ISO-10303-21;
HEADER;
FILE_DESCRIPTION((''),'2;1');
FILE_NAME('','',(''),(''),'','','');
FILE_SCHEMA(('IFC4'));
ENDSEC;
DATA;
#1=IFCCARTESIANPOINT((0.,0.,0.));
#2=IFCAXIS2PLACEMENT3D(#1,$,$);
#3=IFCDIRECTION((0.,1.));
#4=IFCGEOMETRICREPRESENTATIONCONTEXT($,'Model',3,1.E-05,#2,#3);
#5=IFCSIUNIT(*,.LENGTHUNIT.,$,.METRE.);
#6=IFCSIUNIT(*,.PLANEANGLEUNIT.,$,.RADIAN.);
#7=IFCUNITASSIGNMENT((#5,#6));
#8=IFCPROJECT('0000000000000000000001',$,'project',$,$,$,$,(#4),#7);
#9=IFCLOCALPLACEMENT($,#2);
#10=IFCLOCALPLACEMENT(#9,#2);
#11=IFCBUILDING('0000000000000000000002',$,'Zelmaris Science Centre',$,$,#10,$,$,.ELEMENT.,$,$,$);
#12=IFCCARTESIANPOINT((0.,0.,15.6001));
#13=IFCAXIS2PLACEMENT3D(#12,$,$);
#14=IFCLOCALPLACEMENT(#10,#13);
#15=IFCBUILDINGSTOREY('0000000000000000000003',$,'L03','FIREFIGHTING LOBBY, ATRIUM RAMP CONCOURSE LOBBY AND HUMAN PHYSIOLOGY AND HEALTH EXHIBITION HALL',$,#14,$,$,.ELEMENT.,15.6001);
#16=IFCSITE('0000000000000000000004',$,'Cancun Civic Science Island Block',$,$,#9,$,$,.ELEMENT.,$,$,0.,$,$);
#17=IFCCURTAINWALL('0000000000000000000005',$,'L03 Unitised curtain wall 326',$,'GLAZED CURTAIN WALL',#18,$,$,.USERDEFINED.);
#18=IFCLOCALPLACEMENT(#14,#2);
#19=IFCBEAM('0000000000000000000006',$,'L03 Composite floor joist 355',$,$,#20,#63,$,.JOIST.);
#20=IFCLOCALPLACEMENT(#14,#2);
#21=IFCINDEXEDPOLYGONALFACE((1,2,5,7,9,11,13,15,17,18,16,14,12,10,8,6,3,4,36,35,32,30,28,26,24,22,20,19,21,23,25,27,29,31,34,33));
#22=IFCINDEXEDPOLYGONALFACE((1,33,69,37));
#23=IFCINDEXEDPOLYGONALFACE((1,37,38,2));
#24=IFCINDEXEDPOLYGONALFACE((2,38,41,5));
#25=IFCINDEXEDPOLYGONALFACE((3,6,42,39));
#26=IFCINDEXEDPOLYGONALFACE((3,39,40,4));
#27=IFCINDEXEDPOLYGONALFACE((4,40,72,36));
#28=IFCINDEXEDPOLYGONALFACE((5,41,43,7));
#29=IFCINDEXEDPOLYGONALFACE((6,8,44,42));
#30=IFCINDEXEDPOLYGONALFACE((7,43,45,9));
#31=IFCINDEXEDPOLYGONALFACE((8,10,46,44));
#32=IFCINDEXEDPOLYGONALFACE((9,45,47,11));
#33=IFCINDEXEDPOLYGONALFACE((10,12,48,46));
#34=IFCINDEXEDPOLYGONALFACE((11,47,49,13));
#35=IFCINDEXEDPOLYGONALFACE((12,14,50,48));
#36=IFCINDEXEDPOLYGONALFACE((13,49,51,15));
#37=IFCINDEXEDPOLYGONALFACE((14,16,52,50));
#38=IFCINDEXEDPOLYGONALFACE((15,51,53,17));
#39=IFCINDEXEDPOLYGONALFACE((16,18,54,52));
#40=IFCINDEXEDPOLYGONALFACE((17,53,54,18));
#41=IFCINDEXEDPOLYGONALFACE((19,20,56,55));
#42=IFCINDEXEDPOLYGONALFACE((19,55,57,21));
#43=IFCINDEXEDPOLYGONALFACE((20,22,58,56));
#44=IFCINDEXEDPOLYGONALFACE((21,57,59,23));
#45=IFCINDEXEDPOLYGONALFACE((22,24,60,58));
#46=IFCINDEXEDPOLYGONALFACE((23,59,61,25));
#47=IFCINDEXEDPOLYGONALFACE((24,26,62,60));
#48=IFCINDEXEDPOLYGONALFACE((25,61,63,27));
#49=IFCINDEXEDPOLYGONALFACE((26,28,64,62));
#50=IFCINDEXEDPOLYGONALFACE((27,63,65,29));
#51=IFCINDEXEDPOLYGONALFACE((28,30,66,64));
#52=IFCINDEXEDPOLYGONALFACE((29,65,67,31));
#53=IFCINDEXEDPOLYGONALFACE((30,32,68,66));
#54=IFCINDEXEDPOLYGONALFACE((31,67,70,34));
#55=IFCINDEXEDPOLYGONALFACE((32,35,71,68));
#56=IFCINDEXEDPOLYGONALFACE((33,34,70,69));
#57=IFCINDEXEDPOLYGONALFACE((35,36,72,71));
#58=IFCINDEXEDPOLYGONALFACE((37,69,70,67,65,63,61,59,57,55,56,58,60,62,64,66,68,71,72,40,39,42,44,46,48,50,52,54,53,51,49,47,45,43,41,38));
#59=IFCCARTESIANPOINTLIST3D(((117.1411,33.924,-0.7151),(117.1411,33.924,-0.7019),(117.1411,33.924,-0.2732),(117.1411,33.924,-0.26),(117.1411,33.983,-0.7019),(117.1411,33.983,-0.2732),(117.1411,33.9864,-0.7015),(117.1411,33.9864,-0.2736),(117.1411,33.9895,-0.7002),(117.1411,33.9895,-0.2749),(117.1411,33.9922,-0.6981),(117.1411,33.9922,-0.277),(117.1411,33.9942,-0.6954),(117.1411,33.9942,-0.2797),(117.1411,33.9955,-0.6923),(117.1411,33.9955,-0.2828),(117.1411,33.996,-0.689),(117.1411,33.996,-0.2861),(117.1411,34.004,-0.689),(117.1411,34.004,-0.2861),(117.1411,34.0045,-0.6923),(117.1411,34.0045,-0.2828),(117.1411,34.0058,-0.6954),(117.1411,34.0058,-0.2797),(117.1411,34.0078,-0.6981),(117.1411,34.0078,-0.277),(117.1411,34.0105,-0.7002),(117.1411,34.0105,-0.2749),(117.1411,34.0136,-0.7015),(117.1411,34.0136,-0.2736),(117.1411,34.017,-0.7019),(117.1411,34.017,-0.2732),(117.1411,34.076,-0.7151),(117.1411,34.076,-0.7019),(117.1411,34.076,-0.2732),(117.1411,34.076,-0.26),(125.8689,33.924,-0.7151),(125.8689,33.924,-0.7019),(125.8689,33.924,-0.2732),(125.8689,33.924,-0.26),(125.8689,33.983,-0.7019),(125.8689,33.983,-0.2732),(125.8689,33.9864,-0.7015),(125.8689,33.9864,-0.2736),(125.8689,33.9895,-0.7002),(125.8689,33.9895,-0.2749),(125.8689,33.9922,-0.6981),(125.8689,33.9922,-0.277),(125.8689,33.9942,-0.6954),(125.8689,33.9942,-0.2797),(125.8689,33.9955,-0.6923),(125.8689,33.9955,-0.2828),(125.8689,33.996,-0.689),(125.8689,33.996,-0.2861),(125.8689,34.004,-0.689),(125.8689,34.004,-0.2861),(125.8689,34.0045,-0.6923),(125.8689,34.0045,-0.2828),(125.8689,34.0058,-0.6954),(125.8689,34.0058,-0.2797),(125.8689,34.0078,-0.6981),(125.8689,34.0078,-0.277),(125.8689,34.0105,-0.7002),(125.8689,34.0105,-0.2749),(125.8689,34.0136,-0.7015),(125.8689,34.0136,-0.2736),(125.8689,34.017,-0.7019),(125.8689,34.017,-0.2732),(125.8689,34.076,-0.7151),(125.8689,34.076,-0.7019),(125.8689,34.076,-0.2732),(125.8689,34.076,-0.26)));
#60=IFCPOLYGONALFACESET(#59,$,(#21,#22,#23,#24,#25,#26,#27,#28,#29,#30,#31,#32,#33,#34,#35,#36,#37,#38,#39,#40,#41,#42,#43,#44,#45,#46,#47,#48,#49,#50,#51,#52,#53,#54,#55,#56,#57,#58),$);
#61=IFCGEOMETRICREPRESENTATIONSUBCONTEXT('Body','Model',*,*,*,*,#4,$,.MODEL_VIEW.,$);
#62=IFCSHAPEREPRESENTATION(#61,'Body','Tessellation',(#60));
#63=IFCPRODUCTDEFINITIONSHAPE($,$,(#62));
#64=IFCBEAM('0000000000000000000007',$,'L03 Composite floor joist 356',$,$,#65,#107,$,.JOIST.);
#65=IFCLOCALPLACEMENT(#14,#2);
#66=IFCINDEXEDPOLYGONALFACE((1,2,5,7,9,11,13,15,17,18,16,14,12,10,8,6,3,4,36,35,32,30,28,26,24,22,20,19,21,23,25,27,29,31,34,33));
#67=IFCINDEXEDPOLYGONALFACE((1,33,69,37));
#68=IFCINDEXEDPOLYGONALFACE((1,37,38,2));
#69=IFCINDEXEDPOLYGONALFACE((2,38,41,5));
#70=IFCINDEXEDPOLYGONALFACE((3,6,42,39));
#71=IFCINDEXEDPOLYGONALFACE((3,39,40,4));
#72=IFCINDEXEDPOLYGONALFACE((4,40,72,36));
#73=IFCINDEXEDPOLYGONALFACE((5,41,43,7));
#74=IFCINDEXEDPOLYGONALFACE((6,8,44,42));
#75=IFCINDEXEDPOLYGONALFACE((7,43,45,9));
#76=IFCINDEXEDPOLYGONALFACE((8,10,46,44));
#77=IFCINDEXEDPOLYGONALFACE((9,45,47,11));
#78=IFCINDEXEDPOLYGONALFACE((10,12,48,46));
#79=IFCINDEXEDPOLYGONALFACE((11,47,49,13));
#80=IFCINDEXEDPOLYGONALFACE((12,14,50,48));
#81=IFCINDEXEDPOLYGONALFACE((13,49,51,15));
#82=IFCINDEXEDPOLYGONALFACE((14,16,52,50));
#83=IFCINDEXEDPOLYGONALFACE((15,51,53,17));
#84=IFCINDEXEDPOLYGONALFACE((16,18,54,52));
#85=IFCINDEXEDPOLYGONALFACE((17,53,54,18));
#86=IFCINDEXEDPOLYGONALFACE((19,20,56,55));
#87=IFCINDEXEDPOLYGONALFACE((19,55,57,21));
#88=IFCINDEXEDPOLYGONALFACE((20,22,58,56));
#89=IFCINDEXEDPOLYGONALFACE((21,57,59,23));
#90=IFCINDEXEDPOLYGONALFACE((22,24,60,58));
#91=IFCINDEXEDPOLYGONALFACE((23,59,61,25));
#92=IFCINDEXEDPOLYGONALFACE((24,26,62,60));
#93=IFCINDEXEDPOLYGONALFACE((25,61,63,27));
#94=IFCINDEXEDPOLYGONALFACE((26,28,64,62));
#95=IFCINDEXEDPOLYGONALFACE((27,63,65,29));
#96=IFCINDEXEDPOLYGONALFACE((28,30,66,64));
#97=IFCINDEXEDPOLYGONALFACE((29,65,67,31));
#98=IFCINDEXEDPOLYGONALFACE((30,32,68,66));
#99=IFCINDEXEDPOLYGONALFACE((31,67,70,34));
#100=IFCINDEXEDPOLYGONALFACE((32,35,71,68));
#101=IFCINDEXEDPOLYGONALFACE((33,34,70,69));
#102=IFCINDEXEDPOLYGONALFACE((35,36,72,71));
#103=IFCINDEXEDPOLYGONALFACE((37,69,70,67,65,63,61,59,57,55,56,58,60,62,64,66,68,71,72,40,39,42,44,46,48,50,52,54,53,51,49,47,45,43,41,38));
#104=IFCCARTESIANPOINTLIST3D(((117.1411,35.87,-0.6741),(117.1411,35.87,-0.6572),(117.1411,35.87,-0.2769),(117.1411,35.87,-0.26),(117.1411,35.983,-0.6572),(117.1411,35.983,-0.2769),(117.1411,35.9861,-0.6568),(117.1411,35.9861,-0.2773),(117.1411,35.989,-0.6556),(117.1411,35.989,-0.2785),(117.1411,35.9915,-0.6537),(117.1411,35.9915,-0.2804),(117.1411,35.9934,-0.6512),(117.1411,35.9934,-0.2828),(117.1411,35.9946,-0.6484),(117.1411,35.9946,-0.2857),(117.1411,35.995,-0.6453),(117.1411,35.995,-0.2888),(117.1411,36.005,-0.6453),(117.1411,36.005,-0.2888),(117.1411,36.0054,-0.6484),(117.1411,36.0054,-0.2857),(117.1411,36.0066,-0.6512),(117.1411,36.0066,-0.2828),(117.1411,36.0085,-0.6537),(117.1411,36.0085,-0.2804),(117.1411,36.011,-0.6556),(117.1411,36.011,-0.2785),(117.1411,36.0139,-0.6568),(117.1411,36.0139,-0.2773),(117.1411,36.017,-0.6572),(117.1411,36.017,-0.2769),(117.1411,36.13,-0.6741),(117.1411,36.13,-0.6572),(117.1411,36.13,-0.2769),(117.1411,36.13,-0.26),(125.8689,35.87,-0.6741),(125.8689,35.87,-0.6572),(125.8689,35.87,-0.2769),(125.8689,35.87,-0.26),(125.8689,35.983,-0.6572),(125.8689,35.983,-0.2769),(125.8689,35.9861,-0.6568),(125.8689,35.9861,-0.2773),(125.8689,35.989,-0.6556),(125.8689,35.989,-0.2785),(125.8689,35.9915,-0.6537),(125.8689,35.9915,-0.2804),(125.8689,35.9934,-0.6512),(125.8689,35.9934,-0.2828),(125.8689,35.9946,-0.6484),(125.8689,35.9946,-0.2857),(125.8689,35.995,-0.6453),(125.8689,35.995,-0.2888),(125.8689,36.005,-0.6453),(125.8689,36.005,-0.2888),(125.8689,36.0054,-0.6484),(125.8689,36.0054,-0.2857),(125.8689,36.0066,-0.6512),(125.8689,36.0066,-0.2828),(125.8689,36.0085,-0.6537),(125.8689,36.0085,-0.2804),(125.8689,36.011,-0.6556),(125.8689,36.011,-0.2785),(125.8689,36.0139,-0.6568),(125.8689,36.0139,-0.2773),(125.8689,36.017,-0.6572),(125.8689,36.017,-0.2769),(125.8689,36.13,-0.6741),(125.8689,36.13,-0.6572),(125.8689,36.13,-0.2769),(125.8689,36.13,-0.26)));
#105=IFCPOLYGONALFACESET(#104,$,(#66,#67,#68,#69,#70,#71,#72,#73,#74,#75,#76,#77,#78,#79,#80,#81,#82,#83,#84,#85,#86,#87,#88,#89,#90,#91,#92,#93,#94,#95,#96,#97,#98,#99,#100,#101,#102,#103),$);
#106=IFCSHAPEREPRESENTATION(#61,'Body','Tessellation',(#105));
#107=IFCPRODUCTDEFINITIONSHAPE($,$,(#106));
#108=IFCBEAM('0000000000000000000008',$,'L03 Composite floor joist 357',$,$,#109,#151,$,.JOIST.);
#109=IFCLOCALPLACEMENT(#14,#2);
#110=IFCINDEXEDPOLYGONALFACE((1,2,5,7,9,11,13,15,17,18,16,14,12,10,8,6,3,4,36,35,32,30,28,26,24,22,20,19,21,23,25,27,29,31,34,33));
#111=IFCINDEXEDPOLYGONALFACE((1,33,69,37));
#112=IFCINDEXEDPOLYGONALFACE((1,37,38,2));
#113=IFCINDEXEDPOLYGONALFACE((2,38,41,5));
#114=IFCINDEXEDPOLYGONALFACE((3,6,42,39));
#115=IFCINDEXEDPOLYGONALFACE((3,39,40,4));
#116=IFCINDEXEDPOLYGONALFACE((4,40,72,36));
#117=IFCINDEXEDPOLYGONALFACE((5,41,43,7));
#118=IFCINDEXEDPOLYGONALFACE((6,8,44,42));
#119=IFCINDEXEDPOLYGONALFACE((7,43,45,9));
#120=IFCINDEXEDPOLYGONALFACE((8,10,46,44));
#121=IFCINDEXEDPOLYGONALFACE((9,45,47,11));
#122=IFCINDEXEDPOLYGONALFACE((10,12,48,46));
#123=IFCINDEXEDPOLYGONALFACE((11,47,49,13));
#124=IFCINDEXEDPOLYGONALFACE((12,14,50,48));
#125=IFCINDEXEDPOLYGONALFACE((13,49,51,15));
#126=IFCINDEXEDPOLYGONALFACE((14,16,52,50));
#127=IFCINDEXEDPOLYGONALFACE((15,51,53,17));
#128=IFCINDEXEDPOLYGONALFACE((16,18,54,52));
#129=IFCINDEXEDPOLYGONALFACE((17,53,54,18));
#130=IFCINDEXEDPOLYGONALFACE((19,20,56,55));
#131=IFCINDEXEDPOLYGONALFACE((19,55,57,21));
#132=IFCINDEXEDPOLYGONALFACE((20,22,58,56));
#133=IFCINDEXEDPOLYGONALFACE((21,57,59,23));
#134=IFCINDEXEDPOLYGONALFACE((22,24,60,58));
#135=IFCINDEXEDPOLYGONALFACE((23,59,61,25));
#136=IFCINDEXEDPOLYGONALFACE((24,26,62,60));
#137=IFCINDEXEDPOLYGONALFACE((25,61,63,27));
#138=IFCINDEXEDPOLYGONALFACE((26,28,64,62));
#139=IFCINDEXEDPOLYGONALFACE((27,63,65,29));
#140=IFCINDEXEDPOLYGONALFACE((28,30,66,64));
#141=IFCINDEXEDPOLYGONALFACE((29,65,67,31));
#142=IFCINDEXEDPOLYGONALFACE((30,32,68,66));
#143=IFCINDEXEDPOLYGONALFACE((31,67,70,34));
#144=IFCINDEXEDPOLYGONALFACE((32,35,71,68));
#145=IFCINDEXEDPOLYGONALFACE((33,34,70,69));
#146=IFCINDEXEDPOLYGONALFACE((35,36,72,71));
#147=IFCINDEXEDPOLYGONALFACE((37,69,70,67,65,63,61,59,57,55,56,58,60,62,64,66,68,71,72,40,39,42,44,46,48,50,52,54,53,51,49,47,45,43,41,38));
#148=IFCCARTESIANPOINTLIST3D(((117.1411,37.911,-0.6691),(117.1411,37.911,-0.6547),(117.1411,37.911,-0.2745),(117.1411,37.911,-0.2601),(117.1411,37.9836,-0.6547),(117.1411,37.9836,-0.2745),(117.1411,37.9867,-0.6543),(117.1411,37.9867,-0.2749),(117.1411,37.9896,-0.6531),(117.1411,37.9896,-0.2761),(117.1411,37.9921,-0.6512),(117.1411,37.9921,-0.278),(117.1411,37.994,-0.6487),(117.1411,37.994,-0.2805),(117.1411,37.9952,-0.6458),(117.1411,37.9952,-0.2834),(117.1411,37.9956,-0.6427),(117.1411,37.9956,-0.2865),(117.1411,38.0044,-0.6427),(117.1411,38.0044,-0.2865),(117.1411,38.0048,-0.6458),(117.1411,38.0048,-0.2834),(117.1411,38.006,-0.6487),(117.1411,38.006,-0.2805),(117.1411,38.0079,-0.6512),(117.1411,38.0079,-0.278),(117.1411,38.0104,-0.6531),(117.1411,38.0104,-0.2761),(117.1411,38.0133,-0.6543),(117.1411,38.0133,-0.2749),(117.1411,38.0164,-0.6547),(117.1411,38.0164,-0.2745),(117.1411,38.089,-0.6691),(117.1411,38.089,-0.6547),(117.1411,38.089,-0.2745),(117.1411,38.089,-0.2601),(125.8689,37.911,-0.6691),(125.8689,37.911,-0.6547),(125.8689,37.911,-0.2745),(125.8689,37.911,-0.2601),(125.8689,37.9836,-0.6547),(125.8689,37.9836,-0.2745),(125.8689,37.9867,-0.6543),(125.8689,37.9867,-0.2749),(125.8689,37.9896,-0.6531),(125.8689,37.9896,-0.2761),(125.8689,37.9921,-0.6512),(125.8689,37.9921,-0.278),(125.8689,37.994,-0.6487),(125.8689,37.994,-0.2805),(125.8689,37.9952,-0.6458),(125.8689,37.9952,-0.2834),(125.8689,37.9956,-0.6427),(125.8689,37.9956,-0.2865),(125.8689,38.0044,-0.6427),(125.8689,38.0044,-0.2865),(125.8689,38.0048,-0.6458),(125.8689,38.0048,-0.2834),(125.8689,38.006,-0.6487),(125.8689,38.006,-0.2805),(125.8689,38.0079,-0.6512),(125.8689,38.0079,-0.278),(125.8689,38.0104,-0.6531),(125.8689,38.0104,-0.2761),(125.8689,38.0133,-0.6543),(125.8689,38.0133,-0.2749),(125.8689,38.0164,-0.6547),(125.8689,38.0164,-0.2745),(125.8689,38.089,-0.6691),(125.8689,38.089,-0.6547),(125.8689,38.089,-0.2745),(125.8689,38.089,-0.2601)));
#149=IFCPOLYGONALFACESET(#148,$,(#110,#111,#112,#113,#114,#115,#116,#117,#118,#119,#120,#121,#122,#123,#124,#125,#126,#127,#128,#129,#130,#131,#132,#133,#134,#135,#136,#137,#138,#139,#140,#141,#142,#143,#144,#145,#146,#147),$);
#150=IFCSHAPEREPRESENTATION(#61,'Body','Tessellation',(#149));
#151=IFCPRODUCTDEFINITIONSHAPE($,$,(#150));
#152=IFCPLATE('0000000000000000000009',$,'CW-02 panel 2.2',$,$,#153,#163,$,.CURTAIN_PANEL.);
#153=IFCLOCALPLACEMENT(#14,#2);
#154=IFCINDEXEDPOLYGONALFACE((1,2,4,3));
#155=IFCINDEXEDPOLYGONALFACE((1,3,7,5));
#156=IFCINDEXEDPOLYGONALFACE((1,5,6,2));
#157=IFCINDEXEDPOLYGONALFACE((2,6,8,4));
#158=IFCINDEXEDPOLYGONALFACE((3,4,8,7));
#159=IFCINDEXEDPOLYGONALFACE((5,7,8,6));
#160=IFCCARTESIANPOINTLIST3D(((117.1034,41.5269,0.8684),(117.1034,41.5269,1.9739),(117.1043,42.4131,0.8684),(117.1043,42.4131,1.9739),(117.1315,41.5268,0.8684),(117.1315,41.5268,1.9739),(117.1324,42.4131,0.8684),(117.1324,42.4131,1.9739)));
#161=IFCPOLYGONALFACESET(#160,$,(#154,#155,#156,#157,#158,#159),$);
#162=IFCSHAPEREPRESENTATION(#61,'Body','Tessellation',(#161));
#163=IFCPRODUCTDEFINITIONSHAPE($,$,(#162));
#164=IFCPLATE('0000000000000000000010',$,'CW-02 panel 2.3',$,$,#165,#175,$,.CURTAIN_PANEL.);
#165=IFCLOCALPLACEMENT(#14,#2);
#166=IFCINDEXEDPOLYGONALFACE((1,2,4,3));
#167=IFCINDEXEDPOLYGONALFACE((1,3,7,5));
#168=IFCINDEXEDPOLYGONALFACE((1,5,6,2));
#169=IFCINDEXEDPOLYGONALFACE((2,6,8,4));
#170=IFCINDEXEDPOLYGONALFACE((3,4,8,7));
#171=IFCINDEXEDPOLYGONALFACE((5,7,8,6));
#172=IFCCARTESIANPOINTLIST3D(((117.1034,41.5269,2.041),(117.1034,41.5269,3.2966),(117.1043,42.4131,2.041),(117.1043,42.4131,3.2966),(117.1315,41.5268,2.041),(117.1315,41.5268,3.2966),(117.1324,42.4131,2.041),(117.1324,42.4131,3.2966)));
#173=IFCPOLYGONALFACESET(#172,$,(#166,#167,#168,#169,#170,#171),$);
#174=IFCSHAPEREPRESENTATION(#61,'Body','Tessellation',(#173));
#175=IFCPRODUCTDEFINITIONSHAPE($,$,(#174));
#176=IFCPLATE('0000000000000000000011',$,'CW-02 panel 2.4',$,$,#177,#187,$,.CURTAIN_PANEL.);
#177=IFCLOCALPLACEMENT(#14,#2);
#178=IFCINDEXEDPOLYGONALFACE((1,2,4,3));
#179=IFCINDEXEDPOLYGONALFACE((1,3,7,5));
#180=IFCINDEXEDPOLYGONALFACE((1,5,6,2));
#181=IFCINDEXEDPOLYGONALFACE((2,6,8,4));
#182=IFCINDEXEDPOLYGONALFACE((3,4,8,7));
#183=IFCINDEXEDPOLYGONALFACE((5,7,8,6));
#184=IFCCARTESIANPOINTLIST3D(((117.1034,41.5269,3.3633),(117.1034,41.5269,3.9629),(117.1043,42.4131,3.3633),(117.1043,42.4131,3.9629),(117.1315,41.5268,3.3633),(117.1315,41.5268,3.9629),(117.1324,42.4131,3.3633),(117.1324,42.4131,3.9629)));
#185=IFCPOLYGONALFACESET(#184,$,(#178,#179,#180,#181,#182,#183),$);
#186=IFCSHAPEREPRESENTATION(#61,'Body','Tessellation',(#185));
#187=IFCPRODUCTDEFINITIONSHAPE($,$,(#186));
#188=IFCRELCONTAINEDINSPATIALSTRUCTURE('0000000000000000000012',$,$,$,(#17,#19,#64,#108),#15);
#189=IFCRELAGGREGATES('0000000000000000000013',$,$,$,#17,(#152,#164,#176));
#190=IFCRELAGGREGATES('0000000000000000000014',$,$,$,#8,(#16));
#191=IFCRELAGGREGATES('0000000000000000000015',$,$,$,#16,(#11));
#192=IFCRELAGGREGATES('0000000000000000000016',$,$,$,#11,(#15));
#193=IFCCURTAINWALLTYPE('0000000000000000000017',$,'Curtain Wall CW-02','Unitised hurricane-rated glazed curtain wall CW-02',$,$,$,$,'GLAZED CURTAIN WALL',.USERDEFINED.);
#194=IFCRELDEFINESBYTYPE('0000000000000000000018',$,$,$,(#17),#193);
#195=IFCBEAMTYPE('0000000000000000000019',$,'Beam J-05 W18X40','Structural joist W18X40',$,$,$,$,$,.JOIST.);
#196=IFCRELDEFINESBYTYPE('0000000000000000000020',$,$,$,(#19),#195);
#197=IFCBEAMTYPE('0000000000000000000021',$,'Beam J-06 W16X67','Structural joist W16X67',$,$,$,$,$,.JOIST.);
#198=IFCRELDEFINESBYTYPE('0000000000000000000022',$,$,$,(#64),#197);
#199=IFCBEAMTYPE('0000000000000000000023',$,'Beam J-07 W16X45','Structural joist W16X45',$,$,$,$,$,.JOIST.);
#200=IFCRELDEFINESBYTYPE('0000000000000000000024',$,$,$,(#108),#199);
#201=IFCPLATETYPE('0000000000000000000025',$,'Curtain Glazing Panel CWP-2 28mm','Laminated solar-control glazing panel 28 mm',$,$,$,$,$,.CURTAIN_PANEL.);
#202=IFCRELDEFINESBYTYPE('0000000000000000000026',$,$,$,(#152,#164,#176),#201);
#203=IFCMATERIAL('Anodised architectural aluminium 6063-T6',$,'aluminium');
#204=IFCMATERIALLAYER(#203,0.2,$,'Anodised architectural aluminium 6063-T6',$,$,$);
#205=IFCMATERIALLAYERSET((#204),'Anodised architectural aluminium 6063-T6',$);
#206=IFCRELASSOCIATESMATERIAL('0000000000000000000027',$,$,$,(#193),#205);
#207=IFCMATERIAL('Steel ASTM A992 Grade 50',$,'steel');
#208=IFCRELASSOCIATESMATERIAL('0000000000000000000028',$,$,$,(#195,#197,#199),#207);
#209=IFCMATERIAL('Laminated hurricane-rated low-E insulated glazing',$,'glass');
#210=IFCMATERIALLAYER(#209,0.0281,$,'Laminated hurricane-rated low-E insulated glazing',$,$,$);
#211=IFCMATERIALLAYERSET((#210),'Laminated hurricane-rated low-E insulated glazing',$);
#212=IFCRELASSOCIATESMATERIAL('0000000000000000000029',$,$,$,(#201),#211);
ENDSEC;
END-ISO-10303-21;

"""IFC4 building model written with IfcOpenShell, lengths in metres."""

from ifc_helpers import new_model, si_unit, direction, frame, origin, origin_2d, place, context, subcontext, project, spatial, rectangle, i_section, extrude, material, layer, layer_set, material_profile, profile_set, type_object, element, aggregate, save


model = new_model("IFC4")

# Units and contexts
model_context = context("Model", 3, precision=1e-05, world=origin(), true_north=direction((0.0, 1.0)))
body_context = subcontext(model_context, "Body", "Model", "MODEL_VIEW")
ifc_project = project(units=[si_unit("LENGTHUNIT", "METRE"), si_unit("PLANEANGLEUNIT", "RADIAN")], contexts=[model_context])

# Site, building, storey
site_placement = place(None, origin())
site = spatial("IfcSite", under=ifc_project, at=site_placement, Name="Cancun Civic Science Island Block", CompositionType="ELEMENT", RefElevation=0.0)
building_placement = place(site_placement, origin())
building = spatial("IfcBuilding", under=site, at=building_placement, Name="Zelmaris Science Centre", CompositionType="ELEMENT")
storey_placement = place(building_placement, frame((0.0, 0.0, 15.6001)))
storey = spatial("IfcBuildingStorey", under=building, at=storey_placement, Name="L03", Description="FIREFIGHTING LOBBY, ATRIUM RAMP CONCOURSE LOBBY AND HUMAN PHYSIOLOGY AND HEALTH EXHIBITION HALL", CompositionType="ELEMENT", Elevation=15.6001)

# Shared definitions
ifc_material_1 = material(Name="Steel ASTM A992 Grade 50", Category="steel")

# Curtain wall
ifc_material_2 = material(Name="Anodised architectural aluminium 6063-T6", Category="aluminium")
ifc_layer_1 = layer(ifc_material_2, 0.2, Name="Anodised architectural aluminium 6063-T6")
ifc_layer_set_1 = layer_set([ifc_layer_1], Name="Anodised architectural aluminium 6063-T6")
curtain_wall_type = type_object("IfcCurtainWallType", Name="Curtain Wall CW-02", Description="Unitised hurricane-rated glazed curtain wall CW-02", ElementType="GLAZED CURTAIN WALL", PredefinedType="USERDEFINED", material=ifc_layer_set_1)
curtain_wall_placement = place(storey_placement, origin())
curtain_wall = element("IfcCurtainWall", 1, at=curtain_wall_placement, inside=storey, type_object=curtain_wall_type, Name="L03 Unitised curtain wall 326", ObjectType="GLAZED CURTAIN WALL", PredefinedType="USERDEFINED")

# Beams
ifc_material_profile_1 = material_profile(ifc_material_1, i_section(OverallWidth=0.1521, OverallDepth=0.4551, WebThickness=0.0081, FlangeThickness=0.0132, FilletRadius=0.0129, at=origin_2d()), Name="W18X40")
ifc_profile_set_1 = profile_set([ifc_material_profile_1], Name="Steel ASTM A992 Grade 50")
beam_type_1 = type_object("IfcBeamType", Name="Beam J-05 W18X40", Description="Structural joist W18X40", PredefinedType="JOIST", material=ifc_profile_set_1)
beam_1_placement = place(storey_placement, frame((117.1411, 34.0, -0.4875), z_axis=(1.0, 0.0, 0.0), x_axis=(0.0, 1.0, 0.0)))
element("IfcBeam", 2, at=beam_1_placement, inside=storey, type_object=beam_type_1, Name="L03 Composite floor joist 355", PredefinedType="JOIST", context=body_context, shape_type="SweptSolid", body=[
    extrude(i_section(OverallWidth=0.1521, OverallDepth=0.4551, WebThickness=0.0081, FlangeThickness=0.0132, FilletRadius=0.0129, at=origin_2d()), origin(), (0.0, 0.0, 1.0), 8.7278),
])
ifc_material_profile_2 = material_profile(ifc_material_1, i_section(OverallWidth=0.26, OverallDepth=0.4141, WebThickness=0.01, FlangeThickness=0.0168, FilletRadius=0.012, at=origin_2d()), Name="W16X67")
ifc_profile_set_2 = profile_set([ifc_material_profile_2], Name="Steel ASTM A992 Grade 50")
beam_type_2 = type_object("IfcBeamType", Name="Beam J-06 W16X67", Description="Structural joist W16X67", PredefinedType="JOIST", material=ifc_profile_set_2)
beam_2_placement = place(storey_placement, frame((117.1411, 36.0, -0.467), z_axis=(1.0, 0.0, 0.0), x_axis=(0.0, 1.0, 0.0)))
element("IfcBeam", 3, at=beam_2_placement, inside=storey, type_object=beam_type_2, Name="L03 Composite floor joist 356", PredefinedType="JOIST", context=body_context, shape_type="SweptSolid", body=[
    extrude(i_section(OverallWidth=0.26, OverallDepth=0.4141, WebThickness=0.01, FlangeThickness=0.0168, FilletRadius=0.012, at=origin_2d()), origin(), (0.0, 0.0, 1.0), 8.7278),
])
ifc_material_profile_3 = material_profile(ifc_material_1, i_section(OverallWidth=0.178, OverallDepth=0.4089, WebThickness=0.0088, FlangeThickness=0.0144, FilletRadius=0.012, at=origin_2d()), Name="W16X45")
ifc_profile_set_3 = profile_set([ifc_material_profile_3], Name="Steel ASTM A992 Grade 50")
beam_type_3 = type_object("IfcBeamType", Name="Beam J-07 W16X45", Description="Structural joist W16X45", PredefinedType="JOIST", material=ifc_profile_set_3)
beam_3_placement = place(storey_placement, frame((117.1411, 38.0, -0.4646), z_axis=(1.0, 0.0, 0.0), x_axis=(0.0, 1.0, 0.0)))
element("IfcBeam", 4, at=beam_3_placement, inside=storey, type_object=beam_type_3, Name="L03 Composite floor joist 357", PredefinedType="JOIST", context=body_context, shape_type="SweptSolid", body=[
    extrude(i_section(OverallWidth=0.178, OverallDepth=0.4089, WebThickness=0.0088, FlangeThickness=0.0144, FilletRadius=0.012, at=origin_2d()), origin(), (0.0, 0.0, 1.0), 8.7278),
])

# Plates
ifc_material_3 = material(Name="Laminated hurricane-rated low-E insulated glazing", Category="glass")
ifc_layer_2 = layer(ifc_material_3, 0.0281, Name="Laminated hurricane-rated low-E insulated glazing")
ifc_layer_set_2 = layer_set([ifc_layer_2], Name="Laminated hurricane-rated low-E insulated glazing")
plate_type = type_object("IfcPlateType", Name="Curtain Glazing Panel CWP-2 28mm", Description="Laminated solar-control glazing panel 28 mm", PredefinedType="CURTAIN_PANEL", material=ifc_layer_set_2)
plate_1_placement = place(storey_placement, frame((117.1179, 41.97, 0.8684), z_axis=(0.0, 0.0, 1.0), x_axis=(0.001014, 0.999999, 0.0)))
plate_1 = element("IfcPlate", 5, at=plate_1_placement, type_object=plate_type, Name="CW-02 panel 2.2", PredefinedType="CURTAIN_PANEL", context=body_context, shape_type="SweptSolid", body=[
    extrude(rectangle(XDim=0.8862, YDim=0.0281, at=origin_2d()), origin(), (0.0, 0.0, 1.0), 1.1055),
])
plate_2_placement = place(storey_placement, frame((117.1179, 41.97, 2.041), z_axis=(0.0, 0.0, 1.0), x_axis=(0.001014, 0.999999, 0.0)))
plate_2 = element("IfcPlate", 6, at=plate_2_placement, type_object=plate_type, Name="CW-02 panel 2.3", PredefinedType="CURTAIN_PANEL", context=body_context, shape_type="SweptSolid", body=[
    extrude(rectangle(XDim=0.8862, YDim=0.0281, at=origin_2d()), origin(), (0.0, 0.0, 1.0), 1.2556),
])
plate_3_placement = place(storey_placement, frame((117.1179, 41.97, 3.3633), z_axis=(0.0, 0.0, 1.0), x_axis=(0.001014, 0.999999, 0.0)))
plate_3 = element("IfcPlate", 7, at=plate_3_placement, type_object=plate_type, Name="CW-02 panel 2.4", PredefinedType="CURTAIN_PANEL", context=body_context, shape_type="SweptSolid", body=[
    extrude(rectangle(XDim=0.8862, YDim=0.0281, at=origin_2d()), origin(), (0.0, 0.0, 1.0), 0.5996),
])
aggregate(curtain_wall, [plate_1, plate_2, plate_3])

save(model, "model.ifc")
